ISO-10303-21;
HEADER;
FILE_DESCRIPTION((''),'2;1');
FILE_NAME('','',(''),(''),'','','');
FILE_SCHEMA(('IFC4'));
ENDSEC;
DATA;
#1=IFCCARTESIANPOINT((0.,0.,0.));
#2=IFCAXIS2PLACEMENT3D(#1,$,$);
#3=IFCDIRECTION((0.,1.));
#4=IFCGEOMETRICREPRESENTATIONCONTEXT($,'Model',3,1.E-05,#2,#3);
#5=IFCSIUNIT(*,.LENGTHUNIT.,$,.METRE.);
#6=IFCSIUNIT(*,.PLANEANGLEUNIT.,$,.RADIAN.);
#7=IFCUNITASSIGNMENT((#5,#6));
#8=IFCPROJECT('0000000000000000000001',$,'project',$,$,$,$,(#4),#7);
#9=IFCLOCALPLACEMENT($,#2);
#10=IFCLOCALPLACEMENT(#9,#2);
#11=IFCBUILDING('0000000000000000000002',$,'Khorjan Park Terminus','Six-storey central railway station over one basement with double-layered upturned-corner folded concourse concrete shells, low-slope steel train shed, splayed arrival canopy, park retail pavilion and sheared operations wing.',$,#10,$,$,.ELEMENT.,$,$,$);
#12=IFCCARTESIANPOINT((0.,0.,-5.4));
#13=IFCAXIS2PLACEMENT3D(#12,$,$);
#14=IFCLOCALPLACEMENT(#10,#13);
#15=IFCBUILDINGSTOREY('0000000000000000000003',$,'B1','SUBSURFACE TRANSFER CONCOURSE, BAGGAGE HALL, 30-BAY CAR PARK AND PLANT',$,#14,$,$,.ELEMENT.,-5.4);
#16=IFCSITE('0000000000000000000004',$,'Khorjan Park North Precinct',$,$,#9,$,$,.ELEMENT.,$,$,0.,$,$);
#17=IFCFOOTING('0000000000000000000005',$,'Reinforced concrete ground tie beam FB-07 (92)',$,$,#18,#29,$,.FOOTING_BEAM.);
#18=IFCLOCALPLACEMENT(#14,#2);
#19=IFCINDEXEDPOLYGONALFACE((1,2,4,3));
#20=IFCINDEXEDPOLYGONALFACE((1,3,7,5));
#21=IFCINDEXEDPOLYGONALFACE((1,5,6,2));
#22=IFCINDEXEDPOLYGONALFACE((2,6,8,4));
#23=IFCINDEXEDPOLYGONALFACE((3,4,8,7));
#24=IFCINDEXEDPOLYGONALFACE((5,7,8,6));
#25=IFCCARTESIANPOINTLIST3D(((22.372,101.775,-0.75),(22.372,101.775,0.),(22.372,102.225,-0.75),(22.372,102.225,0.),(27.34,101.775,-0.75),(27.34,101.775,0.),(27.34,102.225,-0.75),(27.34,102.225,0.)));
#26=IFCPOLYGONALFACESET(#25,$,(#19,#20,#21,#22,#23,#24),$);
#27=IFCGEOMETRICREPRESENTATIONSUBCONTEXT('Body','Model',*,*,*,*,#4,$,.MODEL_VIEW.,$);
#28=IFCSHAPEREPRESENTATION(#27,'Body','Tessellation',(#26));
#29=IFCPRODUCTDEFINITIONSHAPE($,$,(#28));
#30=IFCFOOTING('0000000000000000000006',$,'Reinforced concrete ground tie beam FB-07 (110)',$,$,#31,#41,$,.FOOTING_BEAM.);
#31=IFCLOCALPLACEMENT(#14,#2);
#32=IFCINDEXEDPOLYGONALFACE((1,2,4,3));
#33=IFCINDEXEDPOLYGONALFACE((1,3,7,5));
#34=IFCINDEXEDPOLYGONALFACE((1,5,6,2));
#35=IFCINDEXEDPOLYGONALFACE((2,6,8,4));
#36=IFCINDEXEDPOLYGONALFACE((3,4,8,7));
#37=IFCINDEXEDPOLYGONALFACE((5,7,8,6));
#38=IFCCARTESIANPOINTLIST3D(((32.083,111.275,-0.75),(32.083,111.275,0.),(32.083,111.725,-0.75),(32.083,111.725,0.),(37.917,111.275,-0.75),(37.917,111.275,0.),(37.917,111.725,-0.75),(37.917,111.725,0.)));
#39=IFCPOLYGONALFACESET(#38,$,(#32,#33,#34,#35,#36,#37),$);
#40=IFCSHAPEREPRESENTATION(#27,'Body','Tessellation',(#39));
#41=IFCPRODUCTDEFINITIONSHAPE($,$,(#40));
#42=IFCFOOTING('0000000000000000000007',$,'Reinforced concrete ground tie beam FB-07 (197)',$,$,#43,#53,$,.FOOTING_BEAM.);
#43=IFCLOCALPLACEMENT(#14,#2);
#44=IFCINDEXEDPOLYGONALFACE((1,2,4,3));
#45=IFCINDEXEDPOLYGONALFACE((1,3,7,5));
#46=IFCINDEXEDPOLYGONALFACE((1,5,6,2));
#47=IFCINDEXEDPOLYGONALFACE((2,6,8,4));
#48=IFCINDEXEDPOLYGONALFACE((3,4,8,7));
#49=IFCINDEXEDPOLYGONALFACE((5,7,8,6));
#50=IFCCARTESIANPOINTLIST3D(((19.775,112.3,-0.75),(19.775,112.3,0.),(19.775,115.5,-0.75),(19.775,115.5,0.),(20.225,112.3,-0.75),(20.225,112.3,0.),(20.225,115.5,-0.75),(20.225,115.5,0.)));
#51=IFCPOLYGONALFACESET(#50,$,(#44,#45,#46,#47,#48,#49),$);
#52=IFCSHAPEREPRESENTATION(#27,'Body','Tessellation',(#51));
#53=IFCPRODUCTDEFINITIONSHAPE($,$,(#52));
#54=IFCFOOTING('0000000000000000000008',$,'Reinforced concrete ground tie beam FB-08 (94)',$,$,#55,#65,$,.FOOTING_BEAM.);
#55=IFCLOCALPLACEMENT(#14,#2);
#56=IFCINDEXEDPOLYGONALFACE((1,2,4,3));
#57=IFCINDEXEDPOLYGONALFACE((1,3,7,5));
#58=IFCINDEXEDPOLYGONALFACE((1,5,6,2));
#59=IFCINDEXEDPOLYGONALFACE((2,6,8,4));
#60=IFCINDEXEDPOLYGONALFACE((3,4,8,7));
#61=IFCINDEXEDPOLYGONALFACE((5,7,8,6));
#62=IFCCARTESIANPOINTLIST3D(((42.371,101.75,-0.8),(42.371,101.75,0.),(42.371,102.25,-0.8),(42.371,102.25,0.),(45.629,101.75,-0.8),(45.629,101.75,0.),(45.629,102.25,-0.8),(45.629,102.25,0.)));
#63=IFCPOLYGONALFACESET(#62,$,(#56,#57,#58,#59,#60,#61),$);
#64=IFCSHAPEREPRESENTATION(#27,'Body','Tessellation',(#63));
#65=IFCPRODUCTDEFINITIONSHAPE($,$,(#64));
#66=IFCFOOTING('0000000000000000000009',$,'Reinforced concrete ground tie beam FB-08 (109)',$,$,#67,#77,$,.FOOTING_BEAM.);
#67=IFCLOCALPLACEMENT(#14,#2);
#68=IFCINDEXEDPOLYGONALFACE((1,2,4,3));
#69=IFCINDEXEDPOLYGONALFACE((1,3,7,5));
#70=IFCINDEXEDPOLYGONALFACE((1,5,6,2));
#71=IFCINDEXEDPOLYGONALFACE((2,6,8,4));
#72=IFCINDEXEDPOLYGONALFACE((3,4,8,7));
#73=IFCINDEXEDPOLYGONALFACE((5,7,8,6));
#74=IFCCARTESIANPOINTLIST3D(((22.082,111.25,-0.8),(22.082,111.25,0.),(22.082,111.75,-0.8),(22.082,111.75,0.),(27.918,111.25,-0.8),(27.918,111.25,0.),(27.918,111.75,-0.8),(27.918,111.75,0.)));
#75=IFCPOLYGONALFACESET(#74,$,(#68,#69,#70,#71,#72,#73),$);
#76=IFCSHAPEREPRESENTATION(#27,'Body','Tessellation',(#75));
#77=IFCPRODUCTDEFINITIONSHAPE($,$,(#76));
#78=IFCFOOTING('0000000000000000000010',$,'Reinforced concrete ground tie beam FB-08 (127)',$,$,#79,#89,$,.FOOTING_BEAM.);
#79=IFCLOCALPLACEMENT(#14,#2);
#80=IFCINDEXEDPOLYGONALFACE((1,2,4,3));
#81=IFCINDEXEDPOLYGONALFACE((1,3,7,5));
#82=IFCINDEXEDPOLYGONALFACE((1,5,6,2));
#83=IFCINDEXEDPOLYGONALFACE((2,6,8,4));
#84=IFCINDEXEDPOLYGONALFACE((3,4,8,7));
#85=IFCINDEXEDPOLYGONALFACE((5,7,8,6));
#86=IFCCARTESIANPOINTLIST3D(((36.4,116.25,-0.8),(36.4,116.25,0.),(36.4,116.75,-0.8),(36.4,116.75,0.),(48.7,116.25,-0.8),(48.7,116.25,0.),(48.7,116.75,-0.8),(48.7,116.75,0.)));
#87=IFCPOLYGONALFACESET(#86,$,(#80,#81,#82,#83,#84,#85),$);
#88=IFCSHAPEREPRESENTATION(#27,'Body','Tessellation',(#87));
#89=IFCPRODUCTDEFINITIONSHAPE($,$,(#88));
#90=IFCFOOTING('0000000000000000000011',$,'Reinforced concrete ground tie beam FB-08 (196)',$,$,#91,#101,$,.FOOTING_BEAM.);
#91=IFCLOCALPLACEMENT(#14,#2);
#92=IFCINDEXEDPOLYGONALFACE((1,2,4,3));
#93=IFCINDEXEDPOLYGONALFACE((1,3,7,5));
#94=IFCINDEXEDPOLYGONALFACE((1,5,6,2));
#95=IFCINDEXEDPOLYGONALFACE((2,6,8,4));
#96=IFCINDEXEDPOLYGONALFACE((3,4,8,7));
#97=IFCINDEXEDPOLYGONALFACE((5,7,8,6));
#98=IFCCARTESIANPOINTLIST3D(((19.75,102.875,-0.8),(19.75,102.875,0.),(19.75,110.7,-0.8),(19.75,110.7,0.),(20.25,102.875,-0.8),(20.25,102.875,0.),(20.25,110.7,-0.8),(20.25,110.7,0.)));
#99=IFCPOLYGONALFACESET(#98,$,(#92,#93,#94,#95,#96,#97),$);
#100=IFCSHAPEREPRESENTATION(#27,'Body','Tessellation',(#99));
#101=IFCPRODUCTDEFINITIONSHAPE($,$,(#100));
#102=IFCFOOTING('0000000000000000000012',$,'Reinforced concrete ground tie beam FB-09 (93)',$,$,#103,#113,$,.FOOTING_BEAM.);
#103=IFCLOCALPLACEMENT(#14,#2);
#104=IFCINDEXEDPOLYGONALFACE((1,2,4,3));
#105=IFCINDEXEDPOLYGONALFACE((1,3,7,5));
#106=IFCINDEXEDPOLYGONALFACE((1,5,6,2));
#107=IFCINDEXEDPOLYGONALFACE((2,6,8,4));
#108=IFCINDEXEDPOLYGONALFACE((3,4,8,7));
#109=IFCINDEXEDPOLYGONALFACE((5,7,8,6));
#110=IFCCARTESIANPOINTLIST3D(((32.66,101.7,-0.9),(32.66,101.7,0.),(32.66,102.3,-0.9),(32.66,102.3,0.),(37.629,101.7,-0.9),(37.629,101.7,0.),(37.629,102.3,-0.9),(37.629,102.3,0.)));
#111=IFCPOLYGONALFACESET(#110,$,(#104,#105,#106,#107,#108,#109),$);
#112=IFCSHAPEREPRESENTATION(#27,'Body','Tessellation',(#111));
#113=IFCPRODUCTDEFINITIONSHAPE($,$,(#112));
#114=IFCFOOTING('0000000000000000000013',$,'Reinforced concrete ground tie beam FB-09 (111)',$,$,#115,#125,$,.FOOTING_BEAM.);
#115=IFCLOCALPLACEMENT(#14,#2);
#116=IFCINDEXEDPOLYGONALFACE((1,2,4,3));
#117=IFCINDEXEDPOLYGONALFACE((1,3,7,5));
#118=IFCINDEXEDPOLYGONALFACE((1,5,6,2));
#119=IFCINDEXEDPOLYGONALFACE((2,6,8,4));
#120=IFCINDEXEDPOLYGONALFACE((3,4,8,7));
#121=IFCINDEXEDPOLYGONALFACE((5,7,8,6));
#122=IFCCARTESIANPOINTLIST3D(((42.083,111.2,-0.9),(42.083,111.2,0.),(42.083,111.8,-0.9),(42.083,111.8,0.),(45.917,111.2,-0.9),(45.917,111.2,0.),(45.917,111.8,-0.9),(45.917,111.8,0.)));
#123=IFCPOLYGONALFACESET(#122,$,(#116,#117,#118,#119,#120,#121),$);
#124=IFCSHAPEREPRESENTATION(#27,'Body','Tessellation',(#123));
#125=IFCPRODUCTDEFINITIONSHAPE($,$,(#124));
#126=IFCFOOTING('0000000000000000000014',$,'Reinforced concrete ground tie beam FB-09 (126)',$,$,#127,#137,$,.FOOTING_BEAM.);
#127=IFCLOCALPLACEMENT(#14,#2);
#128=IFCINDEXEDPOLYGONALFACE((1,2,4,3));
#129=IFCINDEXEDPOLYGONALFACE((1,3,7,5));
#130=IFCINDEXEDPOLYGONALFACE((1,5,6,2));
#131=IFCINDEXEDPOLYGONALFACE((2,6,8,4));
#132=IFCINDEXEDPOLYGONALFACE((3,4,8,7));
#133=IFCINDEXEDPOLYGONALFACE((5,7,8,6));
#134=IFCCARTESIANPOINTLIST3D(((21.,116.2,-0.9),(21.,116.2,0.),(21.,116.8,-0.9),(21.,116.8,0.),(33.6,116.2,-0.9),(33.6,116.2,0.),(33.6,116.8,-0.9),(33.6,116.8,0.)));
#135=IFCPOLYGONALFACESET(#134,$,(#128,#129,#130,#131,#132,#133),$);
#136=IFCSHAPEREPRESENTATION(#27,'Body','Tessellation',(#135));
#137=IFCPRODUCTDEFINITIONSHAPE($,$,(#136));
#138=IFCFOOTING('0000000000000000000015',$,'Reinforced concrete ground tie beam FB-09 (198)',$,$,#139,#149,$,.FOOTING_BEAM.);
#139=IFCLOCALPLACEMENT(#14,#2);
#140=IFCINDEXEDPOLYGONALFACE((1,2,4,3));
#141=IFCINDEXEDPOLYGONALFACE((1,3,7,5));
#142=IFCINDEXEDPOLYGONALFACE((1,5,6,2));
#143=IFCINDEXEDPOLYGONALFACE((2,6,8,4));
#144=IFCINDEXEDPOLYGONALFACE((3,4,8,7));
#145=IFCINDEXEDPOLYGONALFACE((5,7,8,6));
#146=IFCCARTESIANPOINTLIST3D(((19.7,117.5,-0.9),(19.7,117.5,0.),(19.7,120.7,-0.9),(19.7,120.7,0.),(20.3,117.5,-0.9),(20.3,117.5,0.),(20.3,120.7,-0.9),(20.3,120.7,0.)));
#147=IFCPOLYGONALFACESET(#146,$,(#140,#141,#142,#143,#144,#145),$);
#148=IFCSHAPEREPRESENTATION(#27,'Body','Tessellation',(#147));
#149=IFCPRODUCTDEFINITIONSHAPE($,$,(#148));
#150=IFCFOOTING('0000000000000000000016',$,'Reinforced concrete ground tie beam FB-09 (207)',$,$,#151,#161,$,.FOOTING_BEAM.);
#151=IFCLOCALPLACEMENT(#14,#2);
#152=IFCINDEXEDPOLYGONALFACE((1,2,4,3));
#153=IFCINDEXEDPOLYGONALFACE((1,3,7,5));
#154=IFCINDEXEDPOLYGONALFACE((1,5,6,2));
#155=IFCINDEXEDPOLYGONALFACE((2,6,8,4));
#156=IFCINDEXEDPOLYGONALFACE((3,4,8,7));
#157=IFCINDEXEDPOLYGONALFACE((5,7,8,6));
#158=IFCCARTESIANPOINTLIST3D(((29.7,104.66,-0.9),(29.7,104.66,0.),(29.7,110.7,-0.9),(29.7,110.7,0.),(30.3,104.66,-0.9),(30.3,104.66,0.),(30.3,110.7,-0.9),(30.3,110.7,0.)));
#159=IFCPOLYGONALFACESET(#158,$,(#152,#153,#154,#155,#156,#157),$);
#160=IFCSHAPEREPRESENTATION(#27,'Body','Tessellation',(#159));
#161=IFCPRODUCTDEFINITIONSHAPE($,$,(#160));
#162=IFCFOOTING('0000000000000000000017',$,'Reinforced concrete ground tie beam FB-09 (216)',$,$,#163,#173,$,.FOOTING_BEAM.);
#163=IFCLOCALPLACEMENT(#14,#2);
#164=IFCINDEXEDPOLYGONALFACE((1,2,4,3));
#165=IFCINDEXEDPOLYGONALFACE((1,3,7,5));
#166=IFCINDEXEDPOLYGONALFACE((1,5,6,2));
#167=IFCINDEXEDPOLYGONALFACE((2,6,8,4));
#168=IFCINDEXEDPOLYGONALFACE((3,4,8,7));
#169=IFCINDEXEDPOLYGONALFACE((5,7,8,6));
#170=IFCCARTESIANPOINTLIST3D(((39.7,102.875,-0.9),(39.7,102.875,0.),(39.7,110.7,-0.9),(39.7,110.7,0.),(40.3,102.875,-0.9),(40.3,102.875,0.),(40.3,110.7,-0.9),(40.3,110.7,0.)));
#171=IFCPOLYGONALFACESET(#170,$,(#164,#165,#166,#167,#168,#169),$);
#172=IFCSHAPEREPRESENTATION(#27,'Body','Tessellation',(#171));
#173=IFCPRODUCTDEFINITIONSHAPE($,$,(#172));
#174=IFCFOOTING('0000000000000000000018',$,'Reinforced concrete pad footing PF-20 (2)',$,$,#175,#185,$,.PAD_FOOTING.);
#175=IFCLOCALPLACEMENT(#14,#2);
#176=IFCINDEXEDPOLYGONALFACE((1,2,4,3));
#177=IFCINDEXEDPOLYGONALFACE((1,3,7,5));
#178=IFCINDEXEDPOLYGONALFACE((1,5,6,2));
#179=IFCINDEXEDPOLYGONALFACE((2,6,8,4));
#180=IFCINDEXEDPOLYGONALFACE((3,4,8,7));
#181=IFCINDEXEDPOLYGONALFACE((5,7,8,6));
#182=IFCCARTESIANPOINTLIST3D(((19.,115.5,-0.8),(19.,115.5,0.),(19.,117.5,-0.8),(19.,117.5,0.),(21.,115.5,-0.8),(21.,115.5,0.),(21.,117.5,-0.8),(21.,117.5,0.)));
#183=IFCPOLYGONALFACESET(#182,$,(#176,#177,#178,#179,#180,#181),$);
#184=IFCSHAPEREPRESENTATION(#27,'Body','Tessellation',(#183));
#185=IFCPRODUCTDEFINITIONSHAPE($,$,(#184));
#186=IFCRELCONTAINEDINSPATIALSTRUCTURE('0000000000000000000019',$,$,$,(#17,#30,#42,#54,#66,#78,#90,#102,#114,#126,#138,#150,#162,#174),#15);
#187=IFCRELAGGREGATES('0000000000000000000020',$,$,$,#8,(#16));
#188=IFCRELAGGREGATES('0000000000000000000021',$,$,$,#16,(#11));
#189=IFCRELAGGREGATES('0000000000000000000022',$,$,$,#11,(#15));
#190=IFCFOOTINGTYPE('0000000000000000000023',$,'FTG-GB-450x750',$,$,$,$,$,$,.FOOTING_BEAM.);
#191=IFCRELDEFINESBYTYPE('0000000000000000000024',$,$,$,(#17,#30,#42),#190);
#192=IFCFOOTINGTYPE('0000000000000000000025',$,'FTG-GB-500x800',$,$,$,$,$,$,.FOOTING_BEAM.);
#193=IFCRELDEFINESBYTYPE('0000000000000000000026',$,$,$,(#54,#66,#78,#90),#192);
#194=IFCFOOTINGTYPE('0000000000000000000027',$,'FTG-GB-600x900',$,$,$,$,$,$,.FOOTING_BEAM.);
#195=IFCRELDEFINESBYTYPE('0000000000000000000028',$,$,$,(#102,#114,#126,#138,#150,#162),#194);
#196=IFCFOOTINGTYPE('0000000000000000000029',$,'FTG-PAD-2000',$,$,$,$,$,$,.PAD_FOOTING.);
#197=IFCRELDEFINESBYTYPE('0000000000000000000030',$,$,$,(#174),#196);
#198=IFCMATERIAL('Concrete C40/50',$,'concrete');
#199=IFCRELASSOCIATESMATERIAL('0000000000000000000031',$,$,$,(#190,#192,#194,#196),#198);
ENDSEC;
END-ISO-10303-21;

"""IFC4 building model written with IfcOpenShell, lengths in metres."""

from ifc_helpers import new_model, si_unit, direction, frame, origin, origin_2d, place, context, subcontext, project, spatial, rectangle, extrude, material, material_profile, profile_set, type_object, element, save


model = new_model("IFC4")

# Units and contexts
model_context = context("Model", 3, precision=1e-05, world=origin(), true_north=direction((0.0, 1.0)))
body_context = subcontext(model_context, "Body", "Model", "MODEL_VIEW")
ifc_project = project(units=[si_unit("LENGTHUNIT", "METRE"), si_unit("PLANEANGLEUNIT", "RADIAN")], contexts=[model_context])

# Site, building, storey
site_placement = place(None, origin())
site = spatial("IfcSite", under=ifc_project, at=site_placement, Name="Khorjan Park North Precinct", CompositionType="ELEMENT", RefElevation=0.0)
building_placement = place(site_placement, origin())
building = spatial("IfcBuilding", under=site, at=building_placement, Name="Khorjan Park Terminus", Description="Six-storey central railway station over one basement with double-layered upturned-corner folded concourse concrete shells, low-slope steel train shed, splayed arrival canopy, park retail pavilion and sheared operations wing.", CompositionType="ELEMENT")
storey_placement = place(building_placement, frame((0.0, 0.0, -5.4)))
storey = spatial("IfcBuildingStorey", under=building, at=storey_placement, Name="B1", Description="SUBSURFACE TRANSFER CONCOURSE, BAGGAGE HALL, 30-BAY CAR PARK AND PLANT", CompositionType="ELEMENT", Elevation=-5.4)

# Footings
ifc_material_1 = material(Name="Concrete C40/50", Category="concrete")
ifc_material_profile_1 = material_profile(ifc_material_1, rectangle(XDim=0.45, YDim=0.75, at=origin_2d()), Name="RC 450x750")
ifc_profile_set_1 = profile_set([ifc_material_profile_1], Name="Concrete C40/50")
footing_type_1 = type_object("IfcFootingType", Name="FTG-GB-450x750", PredefinedType="FOOTING_BEAM", material=ifc_profile_set_1)
footing_1_placement = place(storey_placement, frame((22.372, 102.0, -0.375), z_axis=(1.0, 0.0, 0.0), x_axis=(0.0, 1.0, 0.0)))
element("IfcFooting", 1, at=footing_1_placement, inside=storey, type_object=footing_type_1, Name="Reinforced concrete ground tie beam FB-07 (92)", PredefinedType="FOOTING_BEAM", context=body_context, shape_type="SweptSolid", body=[
    extrude(rectangle(XDim=0.45, YDim=0.75, at=origin_2d()), origin(), (0.0, 0.0, 1.0), 4.968),
])
footing_2_placement = place(storey_placement, frame((32.083, 111.5, -0.375), z_axis=(1.0, 0.0, 0.0), x_axis=(0.0, 1.0, 0.0)))
element("IfcFooting", 2, at=footing_2_placement, inside=storey, type_object=footing_type_1, Name="Reinforced concrete ground tie beam FB-07 (110)", PredefinedType="FOOTING_BEAM", context=body_context, shape_type="SweptSolid", body=[
    extrude(rectangle(XDim=0.45, YDim=0.75, at=origin_2d()), origin(), (0.0, 0.0, 1.0), 5.834),
])
footing_3_placement = place(storey_placement, frame((20.0, 112.3, -0.375), z_axis=(0.0, 1.0, 0.0), x_axis=(-1.0, 0.0, 0.0)))
element("IfcFooting", 3, at=footing_3_placement, inside=storey, type_object=footing_type_1, Name="Reinforced concrete ground tie beam FB-07 (197)", PredefinedType="FOOTING_BEAM", context=body_context, shape_type="SweptSolid", body=[
    extrude(rectangle(XDim=0.45, YDim=0.75, at=origin_2d()), origin(), (0.0, 0.0, 1.0), 3.2),
])
ifc_material_profile_2 = material_profile(ifc_material_1, rectangle(XDim=0.5, YDim=0.8, at=origin_2d()), Name="RC 500x800")
ifc_profile_set_2 = profile_set([ifc_material_profile_2], Name="Concrete C40/50")
footing_type_2 = type_object("IfcFootingType", Name="FTG-GB-500x800", PredefinedType="FOOTING_BEAM", material=ifc_profile_set_2)
footing_4_placement = place(storey_placement, frame((42.371, 102.0, -0.4), z_axis=(1.0, 0.0, 0.0), x_axis=(0.0, 1.0, 0.0)))
element("IfcFooting", 4, at=footing_4_placement, inside=storey, type_object=footing_type_2, Name="Reinforced concrete ground tie beam FB-08 (94)", PredefinedType="FOOTING_BEAM", context=body_context, shape_type="SweptSolid", body=[
    extrude(rectangle(XDim=0.5, YDim=0.8, at=origin_2d()), origin(), (0.0, 0.0, 1.0), 3.258),
])
footing_5_placement = place(storey_placement, frame((22.082, 111.5, -0.4), z_axis=(1.0, 0.0, 0.0), x_axis=(0.0, 1.0, 0.0)))
element("IfcFooting", 5, at=footing_5_placement, inside=storey, type_object=footing_type_2, Name="Reinforced concrete ground tie beam FB-08 (109)", PredefinedType="FOOTING_BEAM", context=body_context, shape_type="SweptSolid", body=[
    extrude(rectangle(XDim=0.5, YDim=0.8, at=origin_2d()), origin(), (0.0, 0.0, 1.0), 5.836),
])
footing_6_placement = place(storey_placement, frame((36.4, 116.5, -0.4), z_axis=(1.0, 0.0, 0.0), x_axis=(0.0, 1.0, 0.0)))
element("IfcFooting", 6, at=footing_6_placement, inside=storey, type_object=footing_type_2, Name="Reinforced concrete ground tie beam FB-08 (127)", PredefinedType="FOOTING_BEAM", context=body_context, shape_type="SweptSolid", body=[
    extrude(rectangle(XDim=0.5, YDim=0.8, at=origin_2d()), origin(), (0.0, 0.0, 1.0), 12.3),
])
footing_7_placement = place(storey_placement, frame((20.0, 102.875, -0.4), z_axis=(0.0, 1.0, 0.0), x_axis=(-1.0, 0.0, 0.0)))
element("IfcFooting", 7, at=footing_7_placement, inside=storey, type_object=footing_type_2, Name="Reinforced concrete ground tie beam FB-08 (196)", PredefinedType="FOOTING_BEAM", context=body_context, shape_type="SweptSolid", body=[
    extrude(rectangle(XDim=0.5, YDim=0.8, at=origin_2d()), origin(), (0.0, 0.0, 1.0), 7.825),
])
ifc_material_profile_3 = material_profile(ifc_material_1, rectangle(XDim=0.6, YDim=0.9, at=origin_2d()), Name="RC 600x900")
ifc_profile_set_3 = profile_set([ifc_material_profile_3], Name="Concrete C40/50")
footing_type_3 = type_object("IfcFootingType", Name="FTG-GB-600x900", PredefinedType="FOOTING_BEAM", material=ifc_profile_set_3)
footing_8_placement = place(storey_placement, frame((32.66, 102.0, -0.45), z_axis=(1.0, 0.0, 0.0), x_axis=(0.0, 1.0, 0.0)))
element("IfcFooting", 8, at=footing_8_placement, inside=storey, type_object=footing_type_3, Name="Reinforced concrete ground tie beam FB-09 (93)", PredefinedType="FOOTING_BEAM", context=body_context, shape_type="SweptSolid", body=[
    extrude(rectangle(XDim=0.6, YDim=0.9, at=origin_2d()), origin(), (0.0, 0.0, 1.0), 4.969),
])
footing_9_placement = place(storey_placement, frame((42.083, 111.5, -0.45), z_axis=(1.0, 0.0, 0.0), x_axis=(0.0, 1.0, 0.0)))
element("IfcFooting", 9, at=footing_9_placement, inside=storey, type_object=footing_type_3, Name="Reinforced concrete ground tie beam FB-09 (111)", PredefinedType="FOOTING_BEAM", context=body_context, shape_type="SweptSolid", body=[
    extrude(rectangle(XDim=0.6, YDim=0.9, at=origin_2d()), origin(), (0.0, 0.0, 1.0), 3.834),
])
footing_10_placement = place(storey_placement, frame((21.0, 116.5, -0.45), z_axis=(1.0, 0.0, 0.0), x_axis=(0.0, 1.0, 0.0)))
element("IfcFooting", 10, at=footing_10_placement, inside=storey, type_object=footing_type_3, Name="Reinforced concrete ground tie beam FB-09 (126)", PredefinedType="FOOTING_BEAM", context=body_context, shape_type="SweptSolid", body=[
    extrude(rectangle(XDim=0.6, YDim=0.9, at=origin_2d()), origin(), (0.0, 0.0, 1.0), 12.6),
])
footing_11_placement = place(storey_placement, frame((20.0, 117.5, -0.45), z_axis=(0.0, 1.0, 0.0), x_axis=(-1.0, 0.0, 0.0)))
element("IfcFooting", 11, at=footing_11_placement, inside=storey, type_object=footing_type_3, Name="Reinforced concrete ground tie beam FB-09 (198)", PredefinedType="FOOTING_BEAM", context=body_context, shape_type="SweptSolid", body=[
    extrude(rectangle(XDim=0.6, YDim=0.9, at=origin_2d()), origin(), (0.0, 0.0, 1.0), 3.2),
])
footing_12_placement = place(storey_placement, frame((30.0, 104.66, -0.45), z_axis=(0.0, 1.0, 0.0), x_axis=(-1.0, 0.0, 0.0)))
element("IfcFooting", 12, at=footing_12_placement, inside=storey, type_object=footing_type_3, Name="Reinforced concrete ground tie beam FB-09 (207)", PredefinedType="FOOTING_BEAM", context=body_context, shape_type="SweptSolid", body=[
    extrude(rectangle(XDim=0.6, YDim=0.9, at=origin_2d()), origin(), (0.0, 0.0, 1.0), 6.04),
])
footing_13_placement = place(storey_placement, frame((40.0, 102.875, -0.45), z_axis=(0.0, 1.0, 0.0), x_axis=(-1.0, 0.0, 0.0)))
element("IfcFooting", 13, at=footing_13_placement, inside=storey, type_object=footing_type_3, Name="Reinforced concrete ground tie beam FB-09 (216)", PredefinedType="FOOTING_BEAM", context=body_context, shape_type="SweptSolid", body=[
    extrude(rectangle(XDim=0.6, YDim=0.9, at=origin_2d()), origin(), (0.0, 0.0, 1.0), 7.825),
])
footing_type_4 = type_object("IfcFootingType", Name="FTG-PAD-2000", PredefinedType="PAD_FOOTING", material=ifc_material_1)
footing_14_placement = place(storey_placement, frame((20.0, 116.5, -0.8), z_axis=(0.0, 0.0, 1.0), x_axis=(1.0, 0.0, 0.0)))
element("IfcFooting", 14, at=footing_14_placement, inside=storey, type_object=footing_type_4, Name="Reinforced concrete pad footing PF-20 (2)", PredefinedType="PAD_FOOTING", context=body_context, shape_type="SweptSolid", body=[
    extrude(rectangle(XDim=2.0, YDim=2.0, at=origin_2d()), origin(), (0.0, 0.0, 1.0), 0.8),
])

save(model, "model.ifc")
